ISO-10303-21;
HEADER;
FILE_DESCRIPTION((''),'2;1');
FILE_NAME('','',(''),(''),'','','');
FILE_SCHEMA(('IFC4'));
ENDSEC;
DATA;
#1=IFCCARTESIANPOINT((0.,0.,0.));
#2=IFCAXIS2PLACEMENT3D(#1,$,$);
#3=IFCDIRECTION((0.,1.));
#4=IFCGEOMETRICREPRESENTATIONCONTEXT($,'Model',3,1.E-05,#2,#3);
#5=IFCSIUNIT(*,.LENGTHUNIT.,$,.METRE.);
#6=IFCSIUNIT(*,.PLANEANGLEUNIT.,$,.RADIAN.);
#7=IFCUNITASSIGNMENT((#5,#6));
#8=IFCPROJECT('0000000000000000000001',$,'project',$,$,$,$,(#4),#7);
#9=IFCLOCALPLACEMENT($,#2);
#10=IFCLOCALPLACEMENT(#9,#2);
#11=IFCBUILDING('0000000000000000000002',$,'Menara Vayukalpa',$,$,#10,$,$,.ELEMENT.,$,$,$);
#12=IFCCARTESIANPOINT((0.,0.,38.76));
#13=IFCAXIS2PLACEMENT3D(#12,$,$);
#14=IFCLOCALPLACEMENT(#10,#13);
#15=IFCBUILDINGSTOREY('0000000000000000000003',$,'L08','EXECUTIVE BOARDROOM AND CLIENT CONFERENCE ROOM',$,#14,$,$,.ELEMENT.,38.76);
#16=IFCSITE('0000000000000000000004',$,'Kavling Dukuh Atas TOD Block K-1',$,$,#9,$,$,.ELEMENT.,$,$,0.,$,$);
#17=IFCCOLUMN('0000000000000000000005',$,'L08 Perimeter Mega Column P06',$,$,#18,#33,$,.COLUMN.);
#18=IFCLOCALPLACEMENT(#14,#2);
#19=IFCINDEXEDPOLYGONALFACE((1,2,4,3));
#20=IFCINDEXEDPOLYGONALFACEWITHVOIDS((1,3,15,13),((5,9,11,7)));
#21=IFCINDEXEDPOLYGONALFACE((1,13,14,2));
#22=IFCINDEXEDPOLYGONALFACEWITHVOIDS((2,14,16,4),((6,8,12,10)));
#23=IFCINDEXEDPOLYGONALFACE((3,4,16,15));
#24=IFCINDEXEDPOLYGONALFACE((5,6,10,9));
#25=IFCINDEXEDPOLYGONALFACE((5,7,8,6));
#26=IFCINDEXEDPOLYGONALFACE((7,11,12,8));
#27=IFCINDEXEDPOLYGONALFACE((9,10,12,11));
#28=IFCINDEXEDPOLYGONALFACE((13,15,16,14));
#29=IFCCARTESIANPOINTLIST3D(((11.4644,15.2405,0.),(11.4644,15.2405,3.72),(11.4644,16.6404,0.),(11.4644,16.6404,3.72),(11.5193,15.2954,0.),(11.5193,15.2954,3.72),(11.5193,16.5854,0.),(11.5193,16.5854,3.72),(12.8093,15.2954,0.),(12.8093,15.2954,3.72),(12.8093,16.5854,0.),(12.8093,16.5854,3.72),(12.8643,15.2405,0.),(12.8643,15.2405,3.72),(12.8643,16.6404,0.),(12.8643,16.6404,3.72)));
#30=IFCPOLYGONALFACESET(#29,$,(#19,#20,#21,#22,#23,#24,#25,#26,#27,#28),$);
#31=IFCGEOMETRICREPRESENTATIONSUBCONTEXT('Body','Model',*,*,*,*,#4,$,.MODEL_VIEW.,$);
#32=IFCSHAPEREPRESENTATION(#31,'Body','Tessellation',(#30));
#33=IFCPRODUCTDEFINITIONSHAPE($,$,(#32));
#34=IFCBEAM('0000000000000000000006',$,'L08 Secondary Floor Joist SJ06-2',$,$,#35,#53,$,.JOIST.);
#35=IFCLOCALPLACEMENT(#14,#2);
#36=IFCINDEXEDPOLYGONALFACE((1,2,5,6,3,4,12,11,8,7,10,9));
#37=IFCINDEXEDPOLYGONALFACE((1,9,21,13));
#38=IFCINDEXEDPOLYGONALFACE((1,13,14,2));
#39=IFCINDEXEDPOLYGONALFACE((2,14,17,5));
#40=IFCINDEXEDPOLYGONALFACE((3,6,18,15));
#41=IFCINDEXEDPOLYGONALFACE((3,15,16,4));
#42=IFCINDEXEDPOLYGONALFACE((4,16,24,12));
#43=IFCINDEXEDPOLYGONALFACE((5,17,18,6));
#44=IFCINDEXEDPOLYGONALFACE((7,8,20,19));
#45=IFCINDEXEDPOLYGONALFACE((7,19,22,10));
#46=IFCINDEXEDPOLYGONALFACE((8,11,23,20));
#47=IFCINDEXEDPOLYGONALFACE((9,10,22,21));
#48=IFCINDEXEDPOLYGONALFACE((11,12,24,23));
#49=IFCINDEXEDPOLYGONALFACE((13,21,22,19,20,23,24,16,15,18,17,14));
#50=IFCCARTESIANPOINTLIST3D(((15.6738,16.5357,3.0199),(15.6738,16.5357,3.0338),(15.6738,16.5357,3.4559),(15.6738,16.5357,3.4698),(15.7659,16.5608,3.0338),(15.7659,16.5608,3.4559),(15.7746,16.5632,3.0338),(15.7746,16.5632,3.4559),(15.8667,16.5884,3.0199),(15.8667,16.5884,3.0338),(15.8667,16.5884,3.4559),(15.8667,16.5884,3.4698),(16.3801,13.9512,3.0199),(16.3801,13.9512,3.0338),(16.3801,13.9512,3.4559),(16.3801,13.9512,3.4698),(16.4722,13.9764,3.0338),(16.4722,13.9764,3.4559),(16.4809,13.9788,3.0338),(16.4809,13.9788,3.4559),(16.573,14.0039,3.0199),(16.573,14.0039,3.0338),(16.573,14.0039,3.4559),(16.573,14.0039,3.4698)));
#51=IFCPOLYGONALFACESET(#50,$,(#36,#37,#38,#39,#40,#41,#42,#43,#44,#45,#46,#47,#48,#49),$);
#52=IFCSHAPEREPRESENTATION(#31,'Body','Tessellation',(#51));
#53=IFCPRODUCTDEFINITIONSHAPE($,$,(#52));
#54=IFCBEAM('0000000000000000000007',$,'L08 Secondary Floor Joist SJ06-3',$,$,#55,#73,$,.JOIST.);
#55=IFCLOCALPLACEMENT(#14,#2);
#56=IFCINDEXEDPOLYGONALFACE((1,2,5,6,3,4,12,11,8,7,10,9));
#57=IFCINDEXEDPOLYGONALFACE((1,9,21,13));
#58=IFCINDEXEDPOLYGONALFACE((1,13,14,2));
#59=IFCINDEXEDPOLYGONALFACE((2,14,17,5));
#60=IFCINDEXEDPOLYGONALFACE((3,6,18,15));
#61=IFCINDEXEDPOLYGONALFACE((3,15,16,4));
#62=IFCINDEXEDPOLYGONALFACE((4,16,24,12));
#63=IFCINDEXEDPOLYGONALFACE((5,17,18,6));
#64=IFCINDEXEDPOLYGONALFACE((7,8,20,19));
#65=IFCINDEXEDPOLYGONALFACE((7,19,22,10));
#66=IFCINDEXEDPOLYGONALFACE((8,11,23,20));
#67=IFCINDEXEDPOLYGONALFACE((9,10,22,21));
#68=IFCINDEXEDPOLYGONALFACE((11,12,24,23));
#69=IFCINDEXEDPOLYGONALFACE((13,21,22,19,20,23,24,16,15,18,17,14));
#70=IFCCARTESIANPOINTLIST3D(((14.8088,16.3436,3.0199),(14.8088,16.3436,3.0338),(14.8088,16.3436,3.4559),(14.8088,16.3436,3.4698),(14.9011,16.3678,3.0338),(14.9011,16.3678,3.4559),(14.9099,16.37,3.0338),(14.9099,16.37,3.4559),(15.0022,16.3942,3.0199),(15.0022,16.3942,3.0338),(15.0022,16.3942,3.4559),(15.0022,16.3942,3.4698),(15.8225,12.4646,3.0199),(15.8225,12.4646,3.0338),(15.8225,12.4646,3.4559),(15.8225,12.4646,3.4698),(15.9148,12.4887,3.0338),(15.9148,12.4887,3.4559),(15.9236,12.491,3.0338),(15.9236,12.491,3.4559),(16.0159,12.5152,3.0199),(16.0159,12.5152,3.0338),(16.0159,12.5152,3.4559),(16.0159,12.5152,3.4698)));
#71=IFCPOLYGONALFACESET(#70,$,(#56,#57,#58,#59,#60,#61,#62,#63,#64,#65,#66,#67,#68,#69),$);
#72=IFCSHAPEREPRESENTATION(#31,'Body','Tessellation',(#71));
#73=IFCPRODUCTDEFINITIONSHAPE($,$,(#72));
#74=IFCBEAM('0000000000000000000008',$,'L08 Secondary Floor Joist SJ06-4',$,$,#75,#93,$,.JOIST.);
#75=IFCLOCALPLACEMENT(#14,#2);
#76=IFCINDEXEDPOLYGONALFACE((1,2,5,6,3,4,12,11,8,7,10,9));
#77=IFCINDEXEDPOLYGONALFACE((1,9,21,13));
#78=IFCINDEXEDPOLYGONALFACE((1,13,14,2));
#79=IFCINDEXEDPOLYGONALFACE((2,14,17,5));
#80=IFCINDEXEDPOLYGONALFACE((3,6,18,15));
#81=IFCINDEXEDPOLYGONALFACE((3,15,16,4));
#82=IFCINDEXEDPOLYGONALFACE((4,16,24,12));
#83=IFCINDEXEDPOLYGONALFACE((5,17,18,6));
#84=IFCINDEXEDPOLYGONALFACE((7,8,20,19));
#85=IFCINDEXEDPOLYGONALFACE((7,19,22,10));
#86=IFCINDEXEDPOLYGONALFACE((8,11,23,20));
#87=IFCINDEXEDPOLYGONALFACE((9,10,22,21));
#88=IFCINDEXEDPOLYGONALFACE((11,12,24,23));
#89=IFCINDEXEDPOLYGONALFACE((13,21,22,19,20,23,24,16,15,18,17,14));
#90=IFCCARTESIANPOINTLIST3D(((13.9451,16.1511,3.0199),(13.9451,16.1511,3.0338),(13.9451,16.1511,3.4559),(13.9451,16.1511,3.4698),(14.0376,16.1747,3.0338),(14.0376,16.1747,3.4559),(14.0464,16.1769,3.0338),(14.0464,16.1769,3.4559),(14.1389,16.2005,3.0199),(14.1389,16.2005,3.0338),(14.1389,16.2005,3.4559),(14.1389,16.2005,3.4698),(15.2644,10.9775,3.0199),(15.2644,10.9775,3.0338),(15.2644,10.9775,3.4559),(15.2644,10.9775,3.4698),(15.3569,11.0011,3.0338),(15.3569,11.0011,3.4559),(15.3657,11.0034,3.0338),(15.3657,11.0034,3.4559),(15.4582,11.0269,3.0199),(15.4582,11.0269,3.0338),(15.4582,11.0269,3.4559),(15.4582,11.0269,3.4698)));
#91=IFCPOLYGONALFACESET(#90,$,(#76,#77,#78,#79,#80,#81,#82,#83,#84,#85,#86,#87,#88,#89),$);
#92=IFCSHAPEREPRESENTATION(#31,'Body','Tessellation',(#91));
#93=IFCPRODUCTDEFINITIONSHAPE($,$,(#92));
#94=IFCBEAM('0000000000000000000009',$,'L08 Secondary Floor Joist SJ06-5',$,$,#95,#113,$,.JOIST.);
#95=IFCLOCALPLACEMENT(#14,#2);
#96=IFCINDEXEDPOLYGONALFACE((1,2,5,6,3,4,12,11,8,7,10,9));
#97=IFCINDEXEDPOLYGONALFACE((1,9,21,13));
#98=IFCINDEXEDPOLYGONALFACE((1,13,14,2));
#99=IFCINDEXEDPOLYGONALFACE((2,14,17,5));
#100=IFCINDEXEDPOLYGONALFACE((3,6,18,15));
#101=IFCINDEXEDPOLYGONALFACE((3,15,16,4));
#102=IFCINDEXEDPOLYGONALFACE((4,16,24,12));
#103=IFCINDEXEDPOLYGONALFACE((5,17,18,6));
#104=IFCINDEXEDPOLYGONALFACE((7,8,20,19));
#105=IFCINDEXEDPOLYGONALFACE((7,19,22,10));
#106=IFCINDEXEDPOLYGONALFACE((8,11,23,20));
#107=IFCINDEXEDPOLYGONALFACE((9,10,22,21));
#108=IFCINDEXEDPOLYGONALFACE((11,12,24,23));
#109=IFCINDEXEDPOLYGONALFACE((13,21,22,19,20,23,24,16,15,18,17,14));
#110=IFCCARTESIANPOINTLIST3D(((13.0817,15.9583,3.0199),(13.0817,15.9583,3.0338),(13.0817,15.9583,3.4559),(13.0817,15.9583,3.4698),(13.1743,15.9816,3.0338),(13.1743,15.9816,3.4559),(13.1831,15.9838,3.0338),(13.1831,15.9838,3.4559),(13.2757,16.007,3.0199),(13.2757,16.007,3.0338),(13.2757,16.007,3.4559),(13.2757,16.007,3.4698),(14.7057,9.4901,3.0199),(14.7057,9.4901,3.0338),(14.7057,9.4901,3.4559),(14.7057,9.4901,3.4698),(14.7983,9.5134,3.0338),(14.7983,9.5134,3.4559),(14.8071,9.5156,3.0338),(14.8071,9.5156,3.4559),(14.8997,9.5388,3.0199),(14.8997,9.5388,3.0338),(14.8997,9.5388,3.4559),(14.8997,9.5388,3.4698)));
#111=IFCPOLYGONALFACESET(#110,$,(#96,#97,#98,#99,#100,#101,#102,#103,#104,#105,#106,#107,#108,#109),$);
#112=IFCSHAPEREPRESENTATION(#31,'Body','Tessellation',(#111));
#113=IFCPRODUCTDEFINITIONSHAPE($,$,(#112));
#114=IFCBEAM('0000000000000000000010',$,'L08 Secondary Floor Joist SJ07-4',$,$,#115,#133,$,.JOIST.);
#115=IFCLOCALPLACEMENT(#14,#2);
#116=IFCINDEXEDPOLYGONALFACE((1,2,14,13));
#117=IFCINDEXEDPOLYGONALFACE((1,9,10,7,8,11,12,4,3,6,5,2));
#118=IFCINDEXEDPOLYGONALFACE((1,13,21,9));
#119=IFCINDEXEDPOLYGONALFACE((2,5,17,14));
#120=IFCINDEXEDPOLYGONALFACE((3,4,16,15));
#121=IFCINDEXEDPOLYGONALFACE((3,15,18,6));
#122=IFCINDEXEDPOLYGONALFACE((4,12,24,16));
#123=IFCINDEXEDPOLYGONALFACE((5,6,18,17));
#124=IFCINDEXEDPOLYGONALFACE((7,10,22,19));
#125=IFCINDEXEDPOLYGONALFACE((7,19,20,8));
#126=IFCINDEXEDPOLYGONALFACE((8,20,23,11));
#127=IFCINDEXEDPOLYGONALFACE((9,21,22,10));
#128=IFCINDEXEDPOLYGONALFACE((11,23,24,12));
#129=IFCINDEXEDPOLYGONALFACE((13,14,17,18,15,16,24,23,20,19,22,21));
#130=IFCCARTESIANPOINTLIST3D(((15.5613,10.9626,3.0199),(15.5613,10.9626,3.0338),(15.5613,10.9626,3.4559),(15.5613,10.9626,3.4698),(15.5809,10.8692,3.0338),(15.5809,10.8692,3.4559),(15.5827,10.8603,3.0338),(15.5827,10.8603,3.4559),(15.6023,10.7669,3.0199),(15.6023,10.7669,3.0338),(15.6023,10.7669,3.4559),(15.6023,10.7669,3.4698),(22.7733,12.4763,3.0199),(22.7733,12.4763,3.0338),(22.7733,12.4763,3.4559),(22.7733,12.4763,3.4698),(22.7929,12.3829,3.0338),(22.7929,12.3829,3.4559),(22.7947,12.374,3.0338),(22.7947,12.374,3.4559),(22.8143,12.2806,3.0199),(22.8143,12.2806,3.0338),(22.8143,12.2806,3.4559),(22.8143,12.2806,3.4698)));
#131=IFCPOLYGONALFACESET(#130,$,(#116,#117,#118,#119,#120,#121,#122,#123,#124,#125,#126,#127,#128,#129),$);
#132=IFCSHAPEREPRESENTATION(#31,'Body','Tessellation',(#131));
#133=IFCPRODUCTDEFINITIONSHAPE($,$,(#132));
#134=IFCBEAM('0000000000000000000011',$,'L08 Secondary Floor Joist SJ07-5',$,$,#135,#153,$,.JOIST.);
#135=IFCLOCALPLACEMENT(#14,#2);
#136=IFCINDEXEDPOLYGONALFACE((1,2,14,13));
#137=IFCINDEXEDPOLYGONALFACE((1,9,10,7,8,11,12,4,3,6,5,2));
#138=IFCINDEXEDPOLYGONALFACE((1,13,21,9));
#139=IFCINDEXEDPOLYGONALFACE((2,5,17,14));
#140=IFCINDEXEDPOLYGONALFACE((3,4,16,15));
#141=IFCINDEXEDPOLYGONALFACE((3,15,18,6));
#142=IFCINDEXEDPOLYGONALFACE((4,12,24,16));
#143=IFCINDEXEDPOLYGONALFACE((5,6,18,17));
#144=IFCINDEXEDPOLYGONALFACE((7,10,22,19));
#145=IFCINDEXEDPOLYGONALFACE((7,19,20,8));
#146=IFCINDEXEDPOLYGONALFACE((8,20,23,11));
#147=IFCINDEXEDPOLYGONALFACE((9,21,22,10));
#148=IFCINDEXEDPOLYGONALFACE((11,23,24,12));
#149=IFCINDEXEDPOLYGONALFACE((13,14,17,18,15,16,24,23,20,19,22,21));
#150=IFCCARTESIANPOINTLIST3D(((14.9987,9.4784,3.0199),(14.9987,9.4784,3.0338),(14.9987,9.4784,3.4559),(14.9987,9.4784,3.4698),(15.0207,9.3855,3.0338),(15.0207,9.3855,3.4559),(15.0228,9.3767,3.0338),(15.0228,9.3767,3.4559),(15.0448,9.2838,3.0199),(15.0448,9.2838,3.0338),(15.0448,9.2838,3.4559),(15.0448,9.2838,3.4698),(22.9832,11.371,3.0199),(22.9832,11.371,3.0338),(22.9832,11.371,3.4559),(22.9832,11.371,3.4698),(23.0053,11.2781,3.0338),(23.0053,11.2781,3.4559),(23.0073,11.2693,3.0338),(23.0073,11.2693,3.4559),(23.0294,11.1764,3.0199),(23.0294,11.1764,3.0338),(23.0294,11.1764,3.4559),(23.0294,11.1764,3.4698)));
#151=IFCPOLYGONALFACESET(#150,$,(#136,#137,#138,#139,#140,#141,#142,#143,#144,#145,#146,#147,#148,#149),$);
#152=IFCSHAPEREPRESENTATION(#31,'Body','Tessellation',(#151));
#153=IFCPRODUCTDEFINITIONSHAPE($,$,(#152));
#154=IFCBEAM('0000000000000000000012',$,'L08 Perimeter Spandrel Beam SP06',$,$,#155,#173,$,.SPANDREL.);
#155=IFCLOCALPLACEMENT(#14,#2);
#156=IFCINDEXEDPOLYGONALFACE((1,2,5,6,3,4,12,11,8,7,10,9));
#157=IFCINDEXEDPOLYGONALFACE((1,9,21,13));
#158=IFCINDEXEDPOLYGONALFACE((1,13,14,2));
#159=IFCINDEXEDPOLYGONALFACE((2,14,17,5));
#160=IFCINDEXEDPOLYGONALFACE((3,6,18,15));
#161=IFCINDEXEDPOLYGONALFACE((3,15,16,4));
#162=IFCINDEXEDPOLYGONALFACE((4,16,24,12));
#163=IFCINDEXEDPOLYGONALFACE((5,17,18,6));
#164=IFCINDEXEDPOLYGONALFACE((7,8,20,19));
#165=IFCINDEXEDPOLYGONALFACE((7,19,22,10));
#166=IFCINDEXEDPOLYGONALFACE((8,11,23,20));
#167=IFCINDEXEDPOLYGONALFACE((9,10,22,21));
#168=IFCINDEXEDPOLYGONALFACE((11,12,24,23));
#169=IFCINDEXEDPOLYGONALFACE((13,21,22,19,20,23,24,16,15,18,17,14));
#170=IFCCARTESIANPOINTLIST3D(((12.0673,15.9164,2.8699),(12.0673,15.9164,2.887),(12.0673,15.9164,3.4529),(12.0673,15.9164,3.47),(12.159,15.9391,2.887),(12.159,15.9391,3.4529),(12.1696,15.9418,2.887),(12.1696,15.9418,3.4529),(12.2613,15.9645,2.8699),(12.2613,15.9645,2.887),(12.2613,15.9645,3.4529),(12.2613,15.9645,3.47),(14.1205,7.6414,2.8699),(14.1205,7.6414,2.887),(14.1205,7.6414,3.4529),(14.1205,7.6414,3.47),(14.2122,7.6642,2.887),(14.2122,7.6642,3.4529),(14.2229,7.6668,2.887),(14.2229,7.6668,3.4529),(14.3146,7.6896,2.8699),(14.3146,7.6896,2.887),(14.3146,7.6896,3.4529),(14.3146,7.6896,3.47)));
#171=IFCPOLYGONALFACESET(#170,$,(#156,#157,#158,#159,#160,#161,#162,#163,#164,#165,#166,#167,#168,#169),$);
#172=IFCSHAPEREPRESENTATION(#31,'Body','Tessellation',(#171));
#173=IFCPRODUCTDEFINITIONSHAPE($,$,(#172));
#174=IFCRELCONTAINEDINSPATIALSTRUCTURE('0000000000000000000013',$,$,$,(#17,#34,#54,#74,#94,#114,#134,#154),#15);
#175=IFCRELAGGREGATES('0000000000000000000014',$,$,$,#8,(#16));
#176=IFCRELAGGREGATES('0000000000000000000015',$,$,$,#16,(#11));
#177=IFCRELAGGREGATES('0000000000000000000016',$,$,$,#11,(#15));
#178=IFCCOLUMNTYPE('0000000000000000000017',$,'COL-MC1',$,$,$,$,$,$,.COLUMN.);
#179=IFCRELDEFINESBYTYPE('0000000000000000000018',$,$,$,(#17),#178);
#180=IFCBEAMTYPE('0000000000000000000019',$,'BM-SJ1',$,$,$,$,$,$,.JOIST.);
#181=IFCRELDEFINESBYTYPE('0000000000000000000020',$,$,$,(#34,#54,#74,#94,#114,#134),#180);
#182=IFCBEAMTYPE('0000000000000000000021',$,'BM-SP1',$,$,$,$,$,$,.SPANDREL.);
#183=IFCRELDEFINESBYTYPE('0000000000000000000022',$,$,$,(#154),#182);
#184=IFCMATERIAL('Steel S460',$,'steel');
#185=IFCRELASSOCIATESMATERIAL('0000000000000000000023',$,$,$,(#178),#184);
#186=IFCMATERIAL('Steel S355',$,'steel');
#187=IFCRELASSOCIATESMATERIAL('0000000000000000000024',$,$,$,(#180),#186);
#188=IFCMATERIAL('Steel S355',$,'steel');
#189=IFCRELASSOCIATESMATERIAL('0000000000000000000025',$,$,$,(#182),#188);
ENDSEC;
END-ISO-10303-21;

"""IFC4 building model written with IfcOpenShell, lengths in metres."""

from ifc_helpers import new_model, si_unit, direction, frame, origin, origin_2d, place, context, subcontext, project, spatial, hollow_rectangle, i_section, extrude, material, material_profile, profile_set, type_object, element, save


model = new_model("IFC4")

# Units and contexts
model_context = context("Model", 3, precision=1e-05, world=origin(), true_north=direction((0.0, 1.0)))
body_context = subcontext(model_context, "Body", "Model", "MODEL_VIEW")
ifc_project = project(units=[si_unit("LENGTHUNIT", "METRE"), si_unit("PLANEANGLEUNIT", "RADIAN")], contexts=[model_context])

# Site, building, storey
site_placement = place(None, origin())
site = spatial("IfcSite", under=ifc_project, at=site_placement, Name="Kavling Dukuh Atas TOD Block K-1", CompositionType="ELEMENT", RefElevation=0.0)
building_placement = place(site_placement, origin())
building = spatial("IfcBuilding", under=site, at=building_placement, Name="Menara Vayukalpa", CompositionType="ELEMENT")
storey_placement = place(building_placement, frame((0.0, 0.0, 38.76)))
storey = spatial("IfcBuildingStorey", under=building, at=storey_placement, Name="L08", Description="EXECUTIVE BOARDROOM AND CLIENT CONFERENCE ROOM", CompositionType="ELEMENT", Elevation=38.76)

# Column
ifc_material_1 = material(Name="Steel S460", Category="steel")
ifc_material_profile_1 = material_profile(ifc_material_1, hollow_rectangle(XDim=1.3999, YDim=1.3999, WallThickness=0.0549, at=origin_2d()), Name="BOX 1400x1400x55")
ifc_profile_set_1 = profile_set([ifc_material_profile_1], Name="Steel S460")
column_type = type_object("IfcColumnType", Name="COL-MC1", PredefinedType="COLUMN", material=ifc_profile_set_1)
column_placement = place(storey_placement, frame((12.1643, 15.9404, 0.0), z_axis=(0.0, 0.0, 1.0), x_axis=(1.0, 0.0, 0.0)))
element("IfcColumn", 1, at=column_placement, inside=storey, type_object=column_type, Name="L08 Perimeter Mega Column P06", PredefinedType="COLUMN", context=body_context, shape_type="SweptSolid", body=[
    extrude(hollow_rectangle(XDim=1.3999, YDim=1.3999, WallThickness=0.0549, at=origin_2d()), origin(), (0.0, 0.0, 1.0), 3.72),
])

# Beams
ifc_material_2 = material(Name="Steel S355", Category="steel")
ifc_material_profile_2 = material_profile(ifc_material_2, i_section(OverallWidth=0.2, OverallDepth=0.45, WebThickness=0.009, FlangeThickness=0.0139, at=origin_2d()), Name="WF 450x200x9x14")
ifc_profile_set_2 = profile_set([ifc_material_profile_2], Name="Steel S355")
beam_type_1 = type_object("IfcBeamType", Name="BM-SJ1", PredefinedType="JOIST", material=ifc_profile_set_2)
beam_1_placement = place(storey_placement, frame((15.7703, 16.562, 3.2449), z_axis=(0.263619, -0.964627, 0.0), x_axis=(0.964627, 0.263619, 0.0)))
element("IfcBeam", 2, at=beam_1_placement, inside=storey, type_object=beam_type_1, Name="L08 Secondary Floor Joist SJ06-2", PredefinedType="JOIST", context=body_context, shape_type="SweptSolid", body=[
    extrude(i_section(OverallWidth=0.2, OverallDepth=0.45, WebThickness=0.009, FlangeThickness=0.0139, at=origin_2d()), origin(), (0.0, 0.0, 1.0), 2.6792),
])
beam_2_placement = place(storey_placement, frame((14.9055, 16.3689, 3.2449), z_axis=(0.252838, -0.967509, 0.0), x_axis=(0.967509, 0.252838, 0.0)))
element("IfcBeam", 3, at=beam_2_placement, inside=storey, type_object=beam_type_1, Name="L08 Secondary Floor Joist SJ06-3", PredefinedType="JOIST", context=body_context, shape_type="SweptSolid", body=[
    extrude(i_section(OverallWidth=0.2, OverallDepth=0.45, WebThickness=0.009, FlangeThickness=0.0139, at=origin_2d()), origin(), (0.0, 0.0, 1.0), 4.0093),
])
beam_3_placement = place(storey_placement, frame((14.042, 16.1758, 3.2449), z_axis=(0.247106, -0.968989, 0.0), x_axis=(0.968989, 0.247106, 0.0)))
element("IfcBeam", 4, at=beam_3_placement, inside=storey, type_object=beam_type_1, Name="L08 Secondary Floor Joist SJ06-4", PredefinedType="JOIST", context=body_context, shape_type="SweptSolid", body=[
    extrude(i_section(OverallWidth=0.2, OverallDepth=0.45, WebThickness=0.009, FlangeThickness=0.0139, at=origin_2d()), origin(), (0.0, 0.0, 1.0), 5.3391),
])
beam_4_placement = place(storey_placement, frame((13.1787, 15.9827, 3.2449), z_axis=(0.243517, -0.969897, 0.0), x_axis=(0.969897, 0.243517, 0.0)))
element("IfcBeam", 5, at=beam_4_placement, inside=storey, type_object=beam_type_1, Name="L08 Secondary Floor Joist SJ06-5", PredefinedType="JOIST", context=body_context, shape_type="SweptSolid", body=[
    extrude(i_section(OverallWidth=0.2, OverallDepth=0.45, WebThickness=0.009, FlangeThickness=0.0139, at=origin_2d()), origin(), (0.0, 0.0, 1.0), 6.6689),
])
beam_5_placement = place(storey_placement, frame((15.5818, 10.8647, 3.2449), z_axis=(0.978676, 0.205409, 0.0), x_axis=(-0.205409, 0.978676, 0.0)))
element("IfcBeam", 6, at=beam_5_placement, inside=storey, type_object=beam_type_1, Name="L08 Secondary Floor Joist SJ07-4", PredefinedType="JOIST", context=body_context, shape_type="SweptSolid", body=[
    extrude(i_section(OverallWidth=0.2, OverallDepth=0.45, WebThickness=0.009, FlangeThickness=0.0139, at=origin_2d()), origin(), (0.0, 0.0, 1.0), 7.3691),
])
beam_6_placement = place(storey_placement, frame((15.0217, 9.3811, 3.2449), z_axis=(0.97304, 0.230638, 0.0), x_axis=(-0.230638, 0.97304, 0.0)))
element("IfcBeam", 7, at=beam_6_placement, inside=storey, type_object=beam_type_1, Name="L08 Secondary Floor Joist SJ07-5", PredefinedType="JOIST", context=body_context, shape_type="SweptSolid", body=[
    extrude(i_section(OverallWidth=0.2, OverallDepth=0.45, WebThickness=0.009, FlangeThickness=0.0139, at=origin_2d()), origin(), (0.0, 0.0, 1.0), 8.2058),
])
ifc_material_3 = material(Name="Steel S355", Category="steel")
ifc_material_profile_3 = material_profile(ifc_material_3, i_section(OverallWidth=0.2, OverallDepth=0.6001, WebThickness=0.011, FlangeThickness=0.0171, at=origin_2d()), Name="WF 600x200x11x17")
ifc_profile_set_3 = profile_set([ifc_material_profile_3], Name="Steel S355")
beam_type_2 = type_object("IfcBeamType", Name="BM-SP1", PredefinedType="SPANDREL", material=ifc_profile_set_3)
beam_7_placement = place(storey_placement, frame((12.1643, 15.9404, 3.1699), z_axis=(0.240824, -0.970569, 0.0), x_axis=(0.970569, 0.240824, 0.0)))
element("IfcBeam", 8, at=beam_7_placement, inside=storey, type_object=beam_type_2, Name="L08 Perimeter Spandrel Beam SP06", PredefinedType="SPANDREL", context=body_context, shape_type="SweptSolid", body=[
    extrude(i_section(OverallWidth=0.2, OverallDepth=0.6001, WebThickness=0.011, FlangeThickness=0.0171, at=origin_2d()), origin(), (0.0, 0.0, 1.0), 8.5259),
])

save(model, "model.ifc")
